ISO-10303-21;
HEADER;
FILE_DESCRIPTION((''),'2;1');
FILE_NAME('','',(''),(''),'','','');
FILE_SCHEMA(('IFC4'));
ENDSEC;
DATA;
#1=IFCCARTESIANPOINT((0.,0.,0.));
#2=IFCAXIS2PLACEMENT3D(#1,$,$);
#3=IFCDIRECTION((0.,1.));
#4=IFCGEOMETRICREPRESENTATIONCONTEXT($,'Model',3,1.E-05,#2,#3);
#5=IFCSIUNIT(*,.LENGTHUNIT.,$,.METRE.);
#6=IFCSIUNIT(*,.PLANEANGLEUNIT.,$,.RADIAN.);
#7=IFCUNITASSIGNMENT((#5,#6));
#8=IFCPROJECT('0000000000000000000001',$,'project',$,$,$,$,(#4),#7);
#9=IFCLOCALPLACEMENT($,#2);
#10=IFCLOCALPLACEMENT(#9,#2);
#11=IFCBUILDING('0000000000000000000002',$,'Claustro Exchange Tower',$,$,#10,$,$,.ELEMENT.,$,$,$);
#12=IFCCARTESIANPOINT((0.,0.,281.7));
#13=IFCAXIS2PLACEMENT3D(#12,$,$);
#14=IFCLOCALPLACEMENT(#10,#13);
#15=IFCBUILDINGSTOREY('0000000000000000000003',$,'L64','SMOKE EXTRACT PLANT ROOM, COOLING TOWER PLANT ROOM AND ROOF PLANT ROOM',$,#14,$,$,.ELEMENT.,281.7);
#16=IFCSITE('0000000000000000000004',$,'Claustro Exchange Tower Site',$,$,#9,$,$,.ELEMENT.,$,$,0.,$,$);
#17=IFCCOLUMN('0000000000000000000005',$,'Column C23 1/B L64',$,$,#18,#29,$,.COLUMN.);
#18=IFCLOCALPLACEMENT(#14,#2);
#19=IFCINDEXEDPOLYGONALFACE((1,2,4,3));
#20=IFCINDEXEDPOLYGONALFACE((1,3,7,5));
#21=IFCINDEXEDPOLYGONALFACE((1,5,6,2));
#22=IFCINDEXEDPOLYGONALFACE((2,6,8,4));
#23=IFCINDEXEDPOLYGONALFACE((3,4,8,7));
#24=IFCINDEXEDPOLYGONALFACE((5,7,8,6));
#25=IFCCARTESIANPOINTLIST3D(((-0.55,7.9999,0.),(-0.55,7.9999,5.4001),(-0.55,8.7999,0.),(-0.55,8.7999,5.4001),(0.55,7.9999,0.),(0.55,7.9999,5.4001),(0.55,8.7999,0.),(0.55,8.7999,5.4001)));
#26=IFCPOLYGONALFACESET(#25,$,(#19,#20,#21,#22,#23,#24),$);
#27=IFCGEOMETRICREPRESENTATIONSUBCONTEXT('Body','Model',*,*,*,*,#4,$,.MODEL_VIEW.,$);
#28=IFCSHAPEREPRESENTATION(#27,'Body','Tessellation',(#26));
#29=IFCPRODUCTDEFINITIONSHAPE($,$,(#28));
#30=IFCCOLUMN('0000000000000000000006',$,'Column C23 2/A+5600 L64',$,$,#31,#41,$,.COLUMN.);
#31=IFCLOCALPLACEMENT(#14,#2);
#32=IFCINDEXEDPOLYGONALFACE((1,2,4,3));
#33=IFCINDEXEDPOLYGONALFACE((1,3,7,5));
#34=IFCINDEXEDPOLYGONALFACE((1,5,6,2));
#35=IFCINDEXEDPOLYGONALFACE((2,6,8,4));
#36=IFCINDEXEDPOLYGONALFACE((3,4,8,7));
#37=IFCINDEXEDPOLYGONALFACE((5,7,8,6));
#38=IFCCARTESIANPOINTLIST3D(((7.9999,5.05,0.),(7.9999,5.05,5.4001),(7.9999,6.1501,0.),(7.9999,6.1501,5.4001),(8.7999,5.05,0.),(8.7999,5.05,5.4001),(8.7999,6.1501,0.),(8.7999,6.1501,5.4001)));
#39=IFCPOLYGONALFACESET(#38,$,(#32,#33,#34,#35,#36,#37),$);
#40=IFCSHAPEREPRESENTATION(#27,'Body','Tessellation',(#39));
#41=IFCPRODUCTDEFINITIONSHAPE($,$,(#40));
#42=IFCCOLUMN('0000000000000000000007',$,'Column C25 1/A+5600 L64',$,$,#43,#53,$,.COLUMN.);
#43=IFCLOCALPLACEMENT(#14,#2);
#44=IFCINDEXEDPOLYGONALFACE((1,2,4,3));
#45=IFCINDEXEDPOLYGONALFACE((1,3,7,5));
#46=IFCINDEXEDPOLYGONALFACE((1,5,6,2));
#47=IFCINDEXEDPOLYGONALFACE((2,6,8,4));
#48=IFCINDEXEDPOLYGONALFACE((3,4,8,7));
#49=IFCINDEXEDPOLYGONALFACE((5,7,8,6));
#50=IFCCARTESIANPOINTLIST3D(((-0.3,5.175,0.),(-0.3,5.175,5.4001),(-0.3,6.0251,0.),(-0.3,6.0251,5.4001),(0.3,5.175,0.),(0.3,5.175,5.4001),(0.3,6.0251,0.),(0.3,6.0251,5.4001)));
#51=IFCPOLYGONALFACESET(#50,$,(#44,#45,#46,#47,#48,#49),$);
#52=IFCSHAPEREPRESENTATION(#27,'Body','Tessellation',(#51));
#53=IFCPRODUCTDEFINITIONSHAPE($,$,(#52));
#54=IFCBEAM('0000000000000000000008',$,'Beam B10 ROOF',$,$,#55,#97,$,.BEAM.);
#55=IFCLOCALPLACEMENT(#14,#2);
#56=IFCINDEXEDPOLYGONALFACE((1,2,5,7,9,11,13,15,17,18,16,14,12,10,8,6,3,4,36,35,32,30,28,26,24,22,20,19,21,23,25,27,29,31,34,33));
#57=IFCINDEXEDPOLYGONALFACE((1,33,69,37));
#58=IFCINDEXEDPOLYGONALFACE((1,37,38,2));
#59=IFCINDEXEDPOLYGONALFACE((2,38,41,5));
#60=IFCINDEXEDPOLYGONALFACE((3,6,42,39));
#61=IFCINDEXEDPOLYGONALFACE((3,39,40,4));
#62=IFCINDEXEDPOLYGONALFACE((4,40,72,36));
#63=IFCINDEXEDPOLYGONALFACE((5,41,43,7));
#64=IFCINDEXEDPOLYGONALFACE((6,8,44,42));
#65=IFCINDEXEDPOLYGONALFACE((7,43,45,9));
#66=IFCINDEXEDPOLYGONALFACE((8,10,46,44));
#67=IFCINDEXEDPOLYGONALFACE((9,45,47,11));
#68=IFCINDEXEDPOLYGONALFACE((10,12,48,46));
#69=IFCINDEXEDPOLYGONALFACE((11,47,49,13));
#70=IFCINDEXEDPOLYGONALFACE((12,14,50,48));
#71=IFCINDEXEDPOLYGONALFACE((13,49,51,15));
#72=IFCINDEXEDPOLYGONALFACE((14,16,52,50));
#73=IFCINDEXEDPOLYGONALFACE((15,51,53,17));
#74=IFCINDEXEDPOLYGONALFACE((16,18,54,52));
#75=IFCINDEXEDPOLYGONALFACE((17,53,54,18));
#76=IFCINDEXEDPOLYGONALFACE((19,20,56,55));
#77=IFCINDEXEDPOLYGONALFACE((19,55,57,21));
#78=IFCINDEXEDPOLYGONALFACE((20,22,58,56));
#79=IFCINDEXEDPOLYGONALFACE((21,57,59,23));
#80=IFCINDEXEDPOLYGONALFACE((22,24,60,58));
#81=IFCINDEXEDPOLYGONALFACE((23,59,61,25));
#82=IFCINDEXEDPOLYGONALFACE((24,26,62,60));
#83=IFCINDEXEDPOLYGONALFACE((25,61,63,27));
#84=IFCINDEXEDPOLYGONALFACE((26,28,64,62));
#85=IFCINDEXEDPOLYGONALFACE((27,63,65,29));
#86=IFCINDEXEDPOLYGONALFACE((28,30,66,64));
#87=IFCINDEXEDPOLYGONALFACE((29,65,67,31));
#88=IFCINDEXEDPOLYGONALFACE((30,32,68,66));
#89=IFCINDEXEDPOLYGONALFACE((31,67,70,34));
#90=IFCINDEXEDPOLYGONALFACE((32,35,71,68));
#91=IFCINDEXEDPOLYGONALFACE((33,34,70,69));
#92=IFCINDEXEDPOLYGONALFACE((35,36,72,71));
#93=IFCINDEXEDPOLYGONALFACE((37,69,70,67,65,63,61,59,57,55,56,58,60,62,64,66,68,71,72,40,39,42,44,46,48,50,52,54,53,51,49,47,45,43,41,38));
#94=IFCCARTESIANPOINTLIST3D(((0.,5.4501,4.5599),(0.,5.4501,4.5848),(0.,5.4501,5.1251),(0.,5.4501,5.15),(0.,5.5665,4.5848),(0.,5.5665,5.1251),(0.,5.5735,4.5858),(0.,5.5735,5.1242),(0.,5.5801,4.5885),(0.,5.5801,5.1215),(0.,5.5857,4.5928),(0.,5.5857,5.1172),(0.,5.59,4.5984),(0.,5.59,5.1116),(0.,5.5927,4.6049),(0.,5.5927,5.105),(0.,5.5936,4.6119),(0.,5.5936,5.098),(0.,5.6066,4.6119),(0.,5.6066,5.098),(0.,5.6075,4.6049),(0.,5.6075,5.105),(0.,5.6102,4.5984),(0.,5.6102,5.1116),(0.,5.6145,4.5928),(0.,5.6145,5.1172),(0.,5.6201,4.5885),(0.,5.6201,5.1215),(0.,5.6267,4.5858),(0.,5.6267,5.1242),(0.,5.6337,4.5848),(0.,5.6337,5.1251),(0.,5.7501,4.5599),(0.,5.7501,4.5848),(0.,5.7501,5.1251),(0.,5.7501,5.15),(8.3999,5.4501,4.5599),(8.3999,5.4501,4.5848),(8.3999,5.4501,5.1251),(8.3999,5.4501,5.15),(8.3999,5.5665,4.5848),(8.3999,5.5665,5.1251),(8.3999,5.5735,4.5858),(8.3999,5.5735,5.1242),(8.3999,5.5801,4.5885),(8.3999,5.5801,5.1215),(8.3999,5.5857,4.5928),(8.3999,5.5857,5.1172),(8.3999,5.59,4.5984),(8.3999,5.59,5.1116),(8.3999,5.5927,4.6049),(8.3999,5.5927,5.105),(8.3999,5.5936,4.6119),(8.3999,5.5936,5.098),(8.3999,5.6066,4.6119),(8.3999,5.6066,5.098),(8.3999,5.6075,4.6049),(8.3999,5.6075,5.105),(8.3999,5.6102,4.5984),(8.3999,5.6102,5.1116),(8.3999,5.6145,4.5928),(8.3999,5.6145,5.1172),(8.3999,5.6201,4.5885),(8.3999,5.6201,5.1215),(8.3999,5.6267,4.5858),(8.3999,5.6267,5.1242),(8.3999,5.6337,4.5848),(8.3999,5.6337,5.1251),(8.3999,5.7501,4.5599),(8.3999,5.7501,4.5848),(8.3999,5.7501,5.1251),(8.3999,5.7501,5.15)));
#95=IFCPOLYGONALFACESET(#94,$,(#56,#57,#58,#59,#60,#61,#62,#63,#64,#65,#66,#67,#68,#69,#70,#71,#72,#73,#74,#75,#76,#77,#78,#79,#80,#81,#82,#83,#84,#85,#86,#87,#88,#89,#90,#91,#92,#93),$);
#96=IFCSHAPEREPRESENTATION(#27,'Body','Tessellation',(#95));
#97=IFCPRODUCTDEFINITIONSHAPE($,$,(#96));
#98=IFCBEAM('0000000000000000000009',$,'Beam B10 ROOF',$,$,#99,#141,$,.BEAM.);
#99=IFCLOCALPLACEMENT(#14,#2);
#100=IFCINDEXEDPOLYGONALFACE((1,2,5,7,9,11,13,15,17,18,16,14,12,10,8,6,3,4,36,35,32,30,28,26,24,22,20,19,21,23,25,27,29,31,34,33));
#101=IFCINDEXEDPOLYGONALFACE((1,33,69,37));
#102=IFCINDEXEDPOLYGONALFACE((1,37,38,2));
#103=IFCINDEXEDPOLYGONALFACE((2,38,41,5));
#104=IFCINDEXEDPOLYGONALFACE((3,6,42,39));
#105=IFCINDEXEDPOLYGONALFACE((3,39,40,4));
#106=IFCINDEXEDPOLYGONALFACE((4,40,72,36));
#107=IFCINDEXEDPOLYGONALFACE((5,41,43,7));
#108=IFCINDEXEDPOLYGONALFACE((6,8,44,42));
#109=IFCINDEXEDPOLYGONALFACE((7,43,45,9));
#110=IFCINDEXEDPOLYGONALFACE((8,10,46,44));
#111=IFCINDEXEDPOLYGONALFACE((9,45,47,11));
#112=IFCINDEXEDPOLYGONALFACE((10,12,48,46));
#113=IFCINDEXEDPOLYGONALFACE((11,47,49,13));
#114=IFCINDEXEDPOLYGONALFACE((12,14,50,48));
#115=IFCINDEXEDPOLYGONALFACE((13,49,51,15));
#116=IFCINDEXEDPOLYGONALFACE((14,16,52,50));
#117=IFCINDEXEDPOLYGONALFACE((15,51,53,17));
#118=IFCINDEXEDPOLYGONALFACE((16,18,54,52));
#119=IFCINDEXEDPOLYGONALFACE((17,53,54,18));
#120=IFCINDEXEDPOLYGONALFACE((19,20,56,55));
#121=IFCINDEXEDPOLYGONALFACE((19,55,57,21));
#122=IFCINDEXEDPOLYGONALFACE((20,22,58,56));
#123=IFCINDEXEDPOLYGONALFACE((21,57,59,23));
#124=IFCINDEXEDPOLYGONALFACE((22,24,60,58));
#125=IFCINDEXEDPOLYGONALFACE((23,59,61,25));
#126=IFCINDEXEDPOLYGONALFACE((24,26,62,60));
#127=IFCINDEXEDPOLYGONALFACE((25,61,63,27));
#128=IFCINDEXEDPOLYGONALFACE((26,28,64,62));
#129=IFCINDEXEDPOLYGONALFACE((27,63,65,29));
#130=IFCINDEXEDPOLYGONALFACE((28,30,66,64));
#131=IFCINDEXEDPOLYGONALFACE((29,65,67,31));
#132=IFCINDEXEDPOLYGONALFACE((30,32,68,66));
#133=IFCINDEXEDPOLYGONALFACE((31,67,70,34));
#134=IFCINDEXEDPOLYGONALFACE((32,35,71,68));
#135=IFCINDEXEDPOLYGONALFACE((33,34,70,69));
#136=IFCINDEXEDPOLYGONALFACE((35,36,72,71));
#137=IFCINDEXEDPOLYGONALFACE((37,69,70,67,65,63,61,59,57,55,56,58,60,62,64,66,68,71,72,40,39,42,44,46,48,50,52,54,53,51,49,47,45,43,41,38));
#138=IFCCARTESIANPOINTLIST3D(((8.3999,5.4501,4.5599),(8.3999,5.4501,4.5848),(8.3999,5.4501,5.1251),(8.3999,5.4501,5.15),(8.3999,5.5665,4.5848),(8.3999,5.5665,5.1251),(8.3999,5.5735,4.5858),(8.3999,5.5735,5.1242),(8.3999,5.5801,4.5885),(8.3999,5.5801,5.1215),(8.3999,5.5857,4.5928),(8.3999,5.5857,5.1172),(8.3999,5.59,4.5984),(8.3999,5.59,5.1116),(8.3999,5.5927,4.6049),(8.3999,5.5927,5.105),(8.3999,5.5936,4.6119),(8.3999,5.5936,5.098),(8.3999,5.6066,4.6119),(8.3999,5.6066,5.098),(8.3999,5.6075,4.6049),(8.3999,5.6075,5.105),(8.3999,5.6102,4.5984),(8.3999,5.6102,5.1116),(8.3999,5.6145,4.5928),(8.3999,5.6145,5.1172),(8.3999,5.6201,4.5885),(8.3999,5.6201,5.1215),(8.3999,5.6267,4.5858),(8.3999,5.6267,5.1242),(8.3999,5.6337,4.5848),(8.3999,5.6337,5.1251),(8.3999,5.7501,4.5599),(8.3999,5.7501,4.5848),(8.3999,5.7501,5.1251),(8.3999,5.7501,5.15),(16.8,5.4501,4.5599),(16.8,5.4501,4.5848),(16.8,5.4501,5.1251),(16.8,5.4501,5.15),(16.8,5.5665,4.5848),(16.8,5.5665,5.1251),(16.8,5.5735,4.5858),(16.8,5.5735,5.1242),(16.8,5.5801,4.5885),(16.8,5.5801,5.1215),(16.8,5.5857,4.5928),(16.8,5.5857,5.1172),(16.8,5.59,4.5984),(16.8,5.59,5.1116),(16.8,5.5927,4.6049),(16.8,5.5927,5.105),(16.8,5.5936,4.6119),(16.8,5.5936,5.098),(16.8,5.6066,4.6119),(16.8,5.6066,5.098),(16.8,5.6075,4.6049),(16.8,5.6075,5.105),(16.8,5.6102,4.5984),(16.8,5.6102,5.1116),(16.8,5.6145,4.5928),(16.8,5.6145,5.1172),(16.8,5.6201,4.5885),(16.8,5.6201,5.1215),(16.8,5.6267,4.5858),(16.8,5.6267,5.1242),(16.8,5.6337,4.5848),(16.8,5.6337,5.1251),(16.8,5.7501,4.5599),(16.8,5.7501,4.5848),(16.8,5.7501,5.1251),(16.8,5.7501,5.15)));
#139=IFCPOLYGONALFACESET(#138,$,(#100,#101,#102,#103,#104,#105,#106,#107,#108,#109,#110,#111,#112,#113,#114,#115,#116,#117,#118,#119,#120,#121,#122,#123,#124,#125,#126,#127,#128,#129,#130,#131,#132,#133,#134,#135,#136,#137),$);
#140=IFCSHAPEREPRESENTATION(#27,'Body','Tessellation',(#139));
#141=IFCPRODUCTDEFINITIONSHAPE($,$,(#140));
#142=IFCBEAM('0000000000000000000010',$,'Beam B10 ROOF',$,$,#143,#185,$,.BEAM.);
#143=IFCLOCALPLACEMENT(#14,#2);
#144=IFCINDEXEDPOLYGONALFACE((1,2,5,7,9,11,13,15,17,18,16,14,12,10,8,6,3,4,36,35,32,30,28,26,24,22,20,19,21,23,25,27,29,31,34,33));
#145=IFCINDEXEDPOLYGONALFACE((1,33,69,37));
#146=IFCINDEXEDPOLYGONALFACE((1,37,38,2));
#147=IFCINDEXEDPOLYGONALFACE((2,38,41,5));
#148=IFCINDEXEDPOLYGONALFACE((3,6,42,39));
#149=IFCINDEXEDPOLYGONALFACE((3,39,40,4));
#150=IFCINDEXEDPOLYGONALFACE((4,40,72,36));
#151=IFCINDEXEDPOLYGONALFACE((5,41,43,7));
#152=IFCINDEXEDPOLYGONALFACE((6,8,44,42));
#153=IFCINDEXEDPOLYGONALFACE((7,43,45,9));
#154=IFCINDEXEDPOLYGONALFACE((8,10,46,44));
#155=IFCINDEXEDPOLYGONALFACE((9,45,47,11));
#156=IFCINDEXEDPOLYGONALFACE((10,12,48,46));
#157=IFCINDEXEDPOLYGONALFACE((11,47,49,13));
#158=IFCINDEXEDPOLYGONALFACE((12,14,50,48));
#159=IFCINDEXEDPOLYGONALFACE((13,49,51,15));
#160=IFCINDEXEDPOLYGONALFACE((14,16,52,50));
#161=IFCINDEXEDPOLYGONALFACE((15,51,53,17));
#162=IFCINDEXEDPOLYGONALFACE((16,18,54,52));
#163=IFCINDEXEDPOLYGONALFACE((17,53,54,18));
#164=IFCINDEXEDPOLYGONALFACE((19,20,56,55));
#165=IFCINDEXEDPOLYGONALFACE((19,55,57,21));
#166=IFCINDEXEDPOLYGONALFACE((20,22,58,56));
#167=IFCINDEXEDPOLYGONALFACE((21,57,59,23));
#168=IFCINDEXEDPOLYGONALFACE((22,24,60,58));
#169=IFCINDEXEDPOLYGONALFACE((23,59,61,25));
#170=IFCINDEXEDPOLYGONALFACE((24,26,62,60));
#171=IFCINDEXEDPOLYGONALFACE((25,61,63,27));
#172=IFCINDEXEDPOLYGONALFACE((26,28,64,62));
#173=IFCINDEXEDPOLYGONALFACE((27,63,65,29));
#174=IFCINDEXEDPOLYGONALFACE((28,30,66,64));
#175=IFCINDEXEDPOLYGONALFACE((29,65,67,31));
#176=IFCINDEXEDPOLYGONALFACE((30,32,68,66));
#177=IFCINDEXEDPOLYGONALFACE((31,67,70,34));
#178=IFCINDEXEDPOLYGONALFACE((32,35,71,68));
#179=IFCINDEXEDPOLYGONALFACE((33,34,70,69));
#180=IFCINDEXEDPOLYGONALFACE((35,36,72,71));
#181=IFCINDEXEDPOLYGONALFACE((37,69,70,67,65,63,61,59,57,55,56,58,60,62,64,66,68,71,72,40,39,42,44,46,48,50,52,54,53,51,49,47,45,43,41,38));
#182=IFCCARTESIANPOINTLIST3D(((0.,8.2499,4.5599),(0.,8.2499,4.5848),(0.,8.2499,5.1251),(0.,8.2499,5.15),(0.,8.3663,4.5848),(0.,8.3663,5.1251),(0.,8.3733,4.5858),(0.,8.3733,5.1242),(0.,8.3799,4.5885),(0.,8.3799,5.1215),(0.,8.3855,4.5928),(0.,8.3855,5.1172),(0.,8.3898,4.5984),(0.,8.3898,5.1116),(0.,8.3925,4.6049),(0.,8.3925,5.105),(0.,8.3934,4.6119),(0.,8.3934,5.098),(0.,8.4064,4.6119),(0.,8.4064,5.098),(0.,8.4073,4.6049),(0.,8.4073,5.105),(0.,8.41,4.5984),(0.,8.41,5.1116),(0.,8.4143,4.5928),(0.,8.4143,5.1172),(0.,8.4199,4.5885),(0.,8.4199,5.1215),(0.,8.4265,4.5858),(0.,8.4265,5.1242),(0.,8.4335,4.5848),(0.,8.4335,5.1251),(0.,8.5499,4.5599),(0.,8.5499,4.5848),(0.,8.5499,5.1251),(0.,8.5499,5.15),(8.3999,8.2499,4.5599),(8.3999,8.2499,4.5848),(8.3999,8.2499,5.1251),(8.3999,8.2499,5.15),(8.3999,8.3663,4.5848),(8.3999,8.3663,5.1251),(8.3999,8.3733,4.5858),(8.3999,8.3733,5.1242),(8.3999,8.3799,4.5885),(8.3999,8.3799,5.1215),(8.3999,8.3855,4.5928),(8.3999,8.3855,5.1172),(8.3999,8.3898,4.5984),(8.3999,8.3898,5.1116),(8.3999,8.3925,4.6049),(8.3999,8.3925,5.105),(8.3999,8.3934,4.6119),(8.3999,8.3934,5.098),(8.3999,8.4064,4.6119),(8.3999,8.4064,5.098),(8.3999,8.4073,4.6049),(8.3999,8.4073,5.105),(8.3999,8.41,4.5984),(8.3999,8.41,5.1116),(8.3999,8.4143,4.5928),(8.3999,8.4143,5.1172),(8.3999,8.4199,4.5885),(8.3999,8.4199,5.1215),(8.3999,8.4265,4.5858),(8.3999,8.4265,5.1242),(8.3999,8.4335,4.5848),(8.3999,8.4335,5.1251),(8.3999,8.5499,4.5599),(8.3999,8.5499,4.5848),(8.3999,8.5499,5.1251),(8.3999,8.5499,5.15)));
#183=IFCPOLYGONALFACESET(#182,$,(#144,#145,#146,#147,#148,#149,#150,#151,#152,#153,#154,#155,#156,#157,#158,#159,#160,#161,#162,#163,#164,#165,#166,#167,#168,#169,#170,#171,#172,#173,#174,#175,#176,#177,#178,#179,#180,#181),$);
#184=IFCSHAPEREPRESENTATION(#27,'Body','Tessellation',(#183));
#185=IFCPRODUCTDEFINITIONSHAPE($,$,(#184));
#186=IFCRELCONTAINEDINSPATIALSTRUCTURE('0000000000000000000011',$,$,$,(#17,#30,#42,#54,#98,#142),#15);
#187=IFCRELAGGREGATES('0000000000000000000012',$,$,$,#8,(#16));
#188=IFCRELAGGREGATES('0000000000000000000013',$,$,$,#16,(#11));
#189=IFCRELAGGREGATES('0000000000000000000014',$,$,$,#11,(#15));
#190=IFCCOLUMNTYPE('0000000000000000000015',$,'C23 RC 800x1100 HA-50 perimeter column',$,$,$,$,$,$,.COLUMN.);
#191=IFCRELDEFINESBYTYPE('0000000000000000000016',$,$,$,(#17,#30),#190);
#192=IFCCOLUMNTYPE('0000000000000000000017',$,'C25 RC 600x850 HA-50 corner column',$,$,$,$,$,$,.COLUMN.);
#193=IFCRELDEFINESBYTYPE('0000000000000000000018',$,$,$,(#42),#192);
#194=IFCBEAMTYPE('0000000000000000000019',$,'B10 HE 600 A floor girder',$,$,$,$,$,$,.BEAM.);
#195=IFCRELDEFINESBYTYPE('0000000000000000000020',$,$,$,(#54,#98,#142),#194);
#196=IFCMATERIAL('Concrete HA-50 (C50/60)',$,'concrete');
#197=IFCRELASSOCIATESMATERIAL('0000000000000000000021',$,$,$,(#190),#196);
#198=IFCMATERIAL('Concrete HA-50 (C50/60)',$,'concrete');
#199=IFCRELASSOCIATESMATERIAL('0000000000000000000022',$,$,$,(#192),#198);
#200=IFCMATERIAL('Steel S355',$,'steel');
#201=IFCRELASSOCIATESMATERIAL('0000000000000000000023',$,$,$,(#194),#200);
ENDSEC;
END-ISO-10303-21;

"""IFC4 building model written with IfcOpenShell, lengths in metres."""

from ifc_helpers import new_model, si_unit, direction, frame, origin, origin_2d, place, context, subcontext, project, spatial, rectangle, i_section, extrude, material, material_profile, profile_set, type_object, element, save


model = new_model("IFC4")

# Units and contexts
model_context = context("Model", 3, precision=1e-05, world=origin(), true_north=direction((0.0, 1.0)))
body_context = subcontext(model_context, "Body", "Model", "MODEL_VIEW")
ifc_project = project(units=[si_unit("LENGTHUNIT", "METRE"), si_unit("PLANEANGLEUNIT", "RADIAN")], contexts=[model_context])

# Site, building, storey
site_placement = place(None, origin())
site = spatial("IfcSite", under=ifc_project, at=site_placement, Name="Claustro Exchange Tower Site", CompositionType="ELEMENT", RefElevation=0.0)
building_placement = place(site_placement, origin())
building = spatial("IfcBuilding", under=site, at=building_placement, Name="Claustro Exchange Tower", CompositionType="ELEMENT")
storey_placement = place(building_placement, frame((0.0, 0.0, 281.7)))
storey = spatial("IfcBuildingStorey", under=building, at=storey_placement, Name="L64", Description="SMOKE EXTRACT PLANT ROOM, COOLING TOWER PLANT ROOM AND ROOF PLANT ROOM", CompositionType="ELEMENT", Elevation=281.7)

# Columns
ifc_material_1 = material(Name="Concrete HA-50 (C50/60)", Category="concrete")
ifc_material_profile_1 = material_profile(ifc_material_1, rectangle(XDim=0.8, YDim=1.1001, at=origin_2d()), Name="RC 800x1100")
ifc_profile_set_1 = profile_set([ifc_material_profile_1], Name="Concrete HA-50 (C50/60)")
column_type_1 = type_object("IfcColumnType", Name="C23 RC 800x1100 HA-50 perimeter column", PredefinedType="COLUMN", material=ifc_profile_set_1)
for number, where, z_axis, x_axis, name in (
    (1, (0.0, 8.3999, 0.0), (0.0, 0.0, 1.0), (0.0, 1.0, 0.0), "Column C23 1/B L64"),
    (2, (8.3999, 5.6001, 0.0), (0.0, 0.0, 1.0), (1.0, 0.0, 0.0), "Column C23 2/A+5600 L64"),
):
    element("IfcColumn", number, at=place(storey_placement, frame(where, z_axis=z_axis, x_axis=x_axis)), inside=storey, type_object=column_type_1, Name=name, PredefinedType="COLUMN", context=body_context, shape_type="SweptSolid", body=[
        extrude(rectangle(XDim=0.8, YDim=1.1001, at=origin_2d()), origin(), (0.0, 0.0, 1.0), 5.4001),
    ])
ifc_material_2 = material(Name="Concrete HA-50 (C50/60)", Category="concrete")
ifc_material_profile_2 = material_profile(ifc_material_2, rectangle(XDim=0.6001, YDim=0.8501, at=origin_2d()), Name="RC 600x850")
ifc_profile_set_2 = profile_set([ifc_material_profile_2], Name="Concrete HA-50 (C50/60)")
column_type_2 = type_object("IfcColumnType", Name="C25 RC 600x850 HA-50 corner column", PredefinedType="COLUMN", material=ifc_profile_set_2)
column_placement = place(storey_placement, frame((0.0, 5.6001, 0.0), z_axis=(0.0, 0.0, 1.0), x_axis=(1.0, 0.0, 0.0)))
element("IfcColumn", 3, at=column_placement, inside=storey, type_object=column_type_2, Name="Column C25 1/A+5600 L64", PredefinedType="COLUMN", context=body_context, shape_type="SweptSolid", body=[
    extrude(rectangle(XDim=0.6001, YDim=0.8501, at=origin_2d()), origin(), (0.0, 0.0, 1.0), 5.4001),
])

# Beams
ifc_material_3 = material(Name="Steel S355", Category="steel")
ifc_material_profile_3 = material_profile(ifc_material_3, i_section(OverallWidth=0.3, OverallDepth=0.5901, WebThickness=0.0129, FlangeThickness=0.0249, FilletRadius=0.0271, at=origin_2d()), Name="HE 600 A")
ifc_profile_set_3 = profile_set([ifc_material_profile_3], Name="Steel S355")
beam_type_1 = type_object("IfcBeamType", Name="B10 HE 600 A floor girder", PredefinedType="BEAM", material=ifc_profile_set_3)
beam_1_placement = place(storey_placement, frame((0.0, 5.6001, 4.855), z_axis=(1.0, 0.0, 0.0), x_axis=(0.0, 1.0, 0.0)))
element("IfcBeam", 4, at=beam_1_placement, inside=storey, type_object=beam_type_1, Name="Beam B10 ROOF", PredefinedType="BEAM", context=body_context, shape_type="SweptSolid", body=[
    extrude(i_section(OverallWidth=0.3, OverallDepth=0.5901, WebThickness=0.0129, FlangeThickness=0.0249, FilletRadius=0.0271, at=origin_2d()), origin(), (0.0, 0.0, 1.0), 8.3999),
])
beam_2_placement = place(storey_placement, frame((8.3999, 5.6001, 4.855), z_axis=(1.0, 0.0, 0.0), x_axis=(0.0, 1.0, 0.0)))
element("IfcBeam", 5, at=beam_2_placement, inside=storey, type_object=beam_type_1, Name="Beam B10 ROOF", PredefinedType="BEAM", context=body_context, shape_type="SweptSolid", body=[
    extrude(i_section(OverallWidth=0.3, OverallDepth=0.5901, WebThickness=0.0129, FlangeThickness=0.0249, FilletRadius=0.0271, at=origin_2d()), origin(), (0.0, 0.0, 1.0), 8.4001),
])
beam_3_placement = place(storey_placement, frame((0.0, 8.3999, 4.855), z_axis=(1.0, 0.0, 0.0), x_axis=(0.0, 1.0, 0.0)))
element("IfcBeam", 6, at=beam_3_placement, inside=storey, type_object=beam_type_1, Name="Beam B10 ROOF", PredefinedType="BEAM", context=body_context, shape_type="SweptSolid", body=[
    extrude(i_section(OverallWidth=0.3, OverallDepth=0.5901, WebThickness=0.0129, FlangeThickness=0.0249, FilletRadius=0.0271, at=origin_2d()), origin(), (0.0, 0.0, 1.0), 8.3999),
])

save(model, "model.ifc")
